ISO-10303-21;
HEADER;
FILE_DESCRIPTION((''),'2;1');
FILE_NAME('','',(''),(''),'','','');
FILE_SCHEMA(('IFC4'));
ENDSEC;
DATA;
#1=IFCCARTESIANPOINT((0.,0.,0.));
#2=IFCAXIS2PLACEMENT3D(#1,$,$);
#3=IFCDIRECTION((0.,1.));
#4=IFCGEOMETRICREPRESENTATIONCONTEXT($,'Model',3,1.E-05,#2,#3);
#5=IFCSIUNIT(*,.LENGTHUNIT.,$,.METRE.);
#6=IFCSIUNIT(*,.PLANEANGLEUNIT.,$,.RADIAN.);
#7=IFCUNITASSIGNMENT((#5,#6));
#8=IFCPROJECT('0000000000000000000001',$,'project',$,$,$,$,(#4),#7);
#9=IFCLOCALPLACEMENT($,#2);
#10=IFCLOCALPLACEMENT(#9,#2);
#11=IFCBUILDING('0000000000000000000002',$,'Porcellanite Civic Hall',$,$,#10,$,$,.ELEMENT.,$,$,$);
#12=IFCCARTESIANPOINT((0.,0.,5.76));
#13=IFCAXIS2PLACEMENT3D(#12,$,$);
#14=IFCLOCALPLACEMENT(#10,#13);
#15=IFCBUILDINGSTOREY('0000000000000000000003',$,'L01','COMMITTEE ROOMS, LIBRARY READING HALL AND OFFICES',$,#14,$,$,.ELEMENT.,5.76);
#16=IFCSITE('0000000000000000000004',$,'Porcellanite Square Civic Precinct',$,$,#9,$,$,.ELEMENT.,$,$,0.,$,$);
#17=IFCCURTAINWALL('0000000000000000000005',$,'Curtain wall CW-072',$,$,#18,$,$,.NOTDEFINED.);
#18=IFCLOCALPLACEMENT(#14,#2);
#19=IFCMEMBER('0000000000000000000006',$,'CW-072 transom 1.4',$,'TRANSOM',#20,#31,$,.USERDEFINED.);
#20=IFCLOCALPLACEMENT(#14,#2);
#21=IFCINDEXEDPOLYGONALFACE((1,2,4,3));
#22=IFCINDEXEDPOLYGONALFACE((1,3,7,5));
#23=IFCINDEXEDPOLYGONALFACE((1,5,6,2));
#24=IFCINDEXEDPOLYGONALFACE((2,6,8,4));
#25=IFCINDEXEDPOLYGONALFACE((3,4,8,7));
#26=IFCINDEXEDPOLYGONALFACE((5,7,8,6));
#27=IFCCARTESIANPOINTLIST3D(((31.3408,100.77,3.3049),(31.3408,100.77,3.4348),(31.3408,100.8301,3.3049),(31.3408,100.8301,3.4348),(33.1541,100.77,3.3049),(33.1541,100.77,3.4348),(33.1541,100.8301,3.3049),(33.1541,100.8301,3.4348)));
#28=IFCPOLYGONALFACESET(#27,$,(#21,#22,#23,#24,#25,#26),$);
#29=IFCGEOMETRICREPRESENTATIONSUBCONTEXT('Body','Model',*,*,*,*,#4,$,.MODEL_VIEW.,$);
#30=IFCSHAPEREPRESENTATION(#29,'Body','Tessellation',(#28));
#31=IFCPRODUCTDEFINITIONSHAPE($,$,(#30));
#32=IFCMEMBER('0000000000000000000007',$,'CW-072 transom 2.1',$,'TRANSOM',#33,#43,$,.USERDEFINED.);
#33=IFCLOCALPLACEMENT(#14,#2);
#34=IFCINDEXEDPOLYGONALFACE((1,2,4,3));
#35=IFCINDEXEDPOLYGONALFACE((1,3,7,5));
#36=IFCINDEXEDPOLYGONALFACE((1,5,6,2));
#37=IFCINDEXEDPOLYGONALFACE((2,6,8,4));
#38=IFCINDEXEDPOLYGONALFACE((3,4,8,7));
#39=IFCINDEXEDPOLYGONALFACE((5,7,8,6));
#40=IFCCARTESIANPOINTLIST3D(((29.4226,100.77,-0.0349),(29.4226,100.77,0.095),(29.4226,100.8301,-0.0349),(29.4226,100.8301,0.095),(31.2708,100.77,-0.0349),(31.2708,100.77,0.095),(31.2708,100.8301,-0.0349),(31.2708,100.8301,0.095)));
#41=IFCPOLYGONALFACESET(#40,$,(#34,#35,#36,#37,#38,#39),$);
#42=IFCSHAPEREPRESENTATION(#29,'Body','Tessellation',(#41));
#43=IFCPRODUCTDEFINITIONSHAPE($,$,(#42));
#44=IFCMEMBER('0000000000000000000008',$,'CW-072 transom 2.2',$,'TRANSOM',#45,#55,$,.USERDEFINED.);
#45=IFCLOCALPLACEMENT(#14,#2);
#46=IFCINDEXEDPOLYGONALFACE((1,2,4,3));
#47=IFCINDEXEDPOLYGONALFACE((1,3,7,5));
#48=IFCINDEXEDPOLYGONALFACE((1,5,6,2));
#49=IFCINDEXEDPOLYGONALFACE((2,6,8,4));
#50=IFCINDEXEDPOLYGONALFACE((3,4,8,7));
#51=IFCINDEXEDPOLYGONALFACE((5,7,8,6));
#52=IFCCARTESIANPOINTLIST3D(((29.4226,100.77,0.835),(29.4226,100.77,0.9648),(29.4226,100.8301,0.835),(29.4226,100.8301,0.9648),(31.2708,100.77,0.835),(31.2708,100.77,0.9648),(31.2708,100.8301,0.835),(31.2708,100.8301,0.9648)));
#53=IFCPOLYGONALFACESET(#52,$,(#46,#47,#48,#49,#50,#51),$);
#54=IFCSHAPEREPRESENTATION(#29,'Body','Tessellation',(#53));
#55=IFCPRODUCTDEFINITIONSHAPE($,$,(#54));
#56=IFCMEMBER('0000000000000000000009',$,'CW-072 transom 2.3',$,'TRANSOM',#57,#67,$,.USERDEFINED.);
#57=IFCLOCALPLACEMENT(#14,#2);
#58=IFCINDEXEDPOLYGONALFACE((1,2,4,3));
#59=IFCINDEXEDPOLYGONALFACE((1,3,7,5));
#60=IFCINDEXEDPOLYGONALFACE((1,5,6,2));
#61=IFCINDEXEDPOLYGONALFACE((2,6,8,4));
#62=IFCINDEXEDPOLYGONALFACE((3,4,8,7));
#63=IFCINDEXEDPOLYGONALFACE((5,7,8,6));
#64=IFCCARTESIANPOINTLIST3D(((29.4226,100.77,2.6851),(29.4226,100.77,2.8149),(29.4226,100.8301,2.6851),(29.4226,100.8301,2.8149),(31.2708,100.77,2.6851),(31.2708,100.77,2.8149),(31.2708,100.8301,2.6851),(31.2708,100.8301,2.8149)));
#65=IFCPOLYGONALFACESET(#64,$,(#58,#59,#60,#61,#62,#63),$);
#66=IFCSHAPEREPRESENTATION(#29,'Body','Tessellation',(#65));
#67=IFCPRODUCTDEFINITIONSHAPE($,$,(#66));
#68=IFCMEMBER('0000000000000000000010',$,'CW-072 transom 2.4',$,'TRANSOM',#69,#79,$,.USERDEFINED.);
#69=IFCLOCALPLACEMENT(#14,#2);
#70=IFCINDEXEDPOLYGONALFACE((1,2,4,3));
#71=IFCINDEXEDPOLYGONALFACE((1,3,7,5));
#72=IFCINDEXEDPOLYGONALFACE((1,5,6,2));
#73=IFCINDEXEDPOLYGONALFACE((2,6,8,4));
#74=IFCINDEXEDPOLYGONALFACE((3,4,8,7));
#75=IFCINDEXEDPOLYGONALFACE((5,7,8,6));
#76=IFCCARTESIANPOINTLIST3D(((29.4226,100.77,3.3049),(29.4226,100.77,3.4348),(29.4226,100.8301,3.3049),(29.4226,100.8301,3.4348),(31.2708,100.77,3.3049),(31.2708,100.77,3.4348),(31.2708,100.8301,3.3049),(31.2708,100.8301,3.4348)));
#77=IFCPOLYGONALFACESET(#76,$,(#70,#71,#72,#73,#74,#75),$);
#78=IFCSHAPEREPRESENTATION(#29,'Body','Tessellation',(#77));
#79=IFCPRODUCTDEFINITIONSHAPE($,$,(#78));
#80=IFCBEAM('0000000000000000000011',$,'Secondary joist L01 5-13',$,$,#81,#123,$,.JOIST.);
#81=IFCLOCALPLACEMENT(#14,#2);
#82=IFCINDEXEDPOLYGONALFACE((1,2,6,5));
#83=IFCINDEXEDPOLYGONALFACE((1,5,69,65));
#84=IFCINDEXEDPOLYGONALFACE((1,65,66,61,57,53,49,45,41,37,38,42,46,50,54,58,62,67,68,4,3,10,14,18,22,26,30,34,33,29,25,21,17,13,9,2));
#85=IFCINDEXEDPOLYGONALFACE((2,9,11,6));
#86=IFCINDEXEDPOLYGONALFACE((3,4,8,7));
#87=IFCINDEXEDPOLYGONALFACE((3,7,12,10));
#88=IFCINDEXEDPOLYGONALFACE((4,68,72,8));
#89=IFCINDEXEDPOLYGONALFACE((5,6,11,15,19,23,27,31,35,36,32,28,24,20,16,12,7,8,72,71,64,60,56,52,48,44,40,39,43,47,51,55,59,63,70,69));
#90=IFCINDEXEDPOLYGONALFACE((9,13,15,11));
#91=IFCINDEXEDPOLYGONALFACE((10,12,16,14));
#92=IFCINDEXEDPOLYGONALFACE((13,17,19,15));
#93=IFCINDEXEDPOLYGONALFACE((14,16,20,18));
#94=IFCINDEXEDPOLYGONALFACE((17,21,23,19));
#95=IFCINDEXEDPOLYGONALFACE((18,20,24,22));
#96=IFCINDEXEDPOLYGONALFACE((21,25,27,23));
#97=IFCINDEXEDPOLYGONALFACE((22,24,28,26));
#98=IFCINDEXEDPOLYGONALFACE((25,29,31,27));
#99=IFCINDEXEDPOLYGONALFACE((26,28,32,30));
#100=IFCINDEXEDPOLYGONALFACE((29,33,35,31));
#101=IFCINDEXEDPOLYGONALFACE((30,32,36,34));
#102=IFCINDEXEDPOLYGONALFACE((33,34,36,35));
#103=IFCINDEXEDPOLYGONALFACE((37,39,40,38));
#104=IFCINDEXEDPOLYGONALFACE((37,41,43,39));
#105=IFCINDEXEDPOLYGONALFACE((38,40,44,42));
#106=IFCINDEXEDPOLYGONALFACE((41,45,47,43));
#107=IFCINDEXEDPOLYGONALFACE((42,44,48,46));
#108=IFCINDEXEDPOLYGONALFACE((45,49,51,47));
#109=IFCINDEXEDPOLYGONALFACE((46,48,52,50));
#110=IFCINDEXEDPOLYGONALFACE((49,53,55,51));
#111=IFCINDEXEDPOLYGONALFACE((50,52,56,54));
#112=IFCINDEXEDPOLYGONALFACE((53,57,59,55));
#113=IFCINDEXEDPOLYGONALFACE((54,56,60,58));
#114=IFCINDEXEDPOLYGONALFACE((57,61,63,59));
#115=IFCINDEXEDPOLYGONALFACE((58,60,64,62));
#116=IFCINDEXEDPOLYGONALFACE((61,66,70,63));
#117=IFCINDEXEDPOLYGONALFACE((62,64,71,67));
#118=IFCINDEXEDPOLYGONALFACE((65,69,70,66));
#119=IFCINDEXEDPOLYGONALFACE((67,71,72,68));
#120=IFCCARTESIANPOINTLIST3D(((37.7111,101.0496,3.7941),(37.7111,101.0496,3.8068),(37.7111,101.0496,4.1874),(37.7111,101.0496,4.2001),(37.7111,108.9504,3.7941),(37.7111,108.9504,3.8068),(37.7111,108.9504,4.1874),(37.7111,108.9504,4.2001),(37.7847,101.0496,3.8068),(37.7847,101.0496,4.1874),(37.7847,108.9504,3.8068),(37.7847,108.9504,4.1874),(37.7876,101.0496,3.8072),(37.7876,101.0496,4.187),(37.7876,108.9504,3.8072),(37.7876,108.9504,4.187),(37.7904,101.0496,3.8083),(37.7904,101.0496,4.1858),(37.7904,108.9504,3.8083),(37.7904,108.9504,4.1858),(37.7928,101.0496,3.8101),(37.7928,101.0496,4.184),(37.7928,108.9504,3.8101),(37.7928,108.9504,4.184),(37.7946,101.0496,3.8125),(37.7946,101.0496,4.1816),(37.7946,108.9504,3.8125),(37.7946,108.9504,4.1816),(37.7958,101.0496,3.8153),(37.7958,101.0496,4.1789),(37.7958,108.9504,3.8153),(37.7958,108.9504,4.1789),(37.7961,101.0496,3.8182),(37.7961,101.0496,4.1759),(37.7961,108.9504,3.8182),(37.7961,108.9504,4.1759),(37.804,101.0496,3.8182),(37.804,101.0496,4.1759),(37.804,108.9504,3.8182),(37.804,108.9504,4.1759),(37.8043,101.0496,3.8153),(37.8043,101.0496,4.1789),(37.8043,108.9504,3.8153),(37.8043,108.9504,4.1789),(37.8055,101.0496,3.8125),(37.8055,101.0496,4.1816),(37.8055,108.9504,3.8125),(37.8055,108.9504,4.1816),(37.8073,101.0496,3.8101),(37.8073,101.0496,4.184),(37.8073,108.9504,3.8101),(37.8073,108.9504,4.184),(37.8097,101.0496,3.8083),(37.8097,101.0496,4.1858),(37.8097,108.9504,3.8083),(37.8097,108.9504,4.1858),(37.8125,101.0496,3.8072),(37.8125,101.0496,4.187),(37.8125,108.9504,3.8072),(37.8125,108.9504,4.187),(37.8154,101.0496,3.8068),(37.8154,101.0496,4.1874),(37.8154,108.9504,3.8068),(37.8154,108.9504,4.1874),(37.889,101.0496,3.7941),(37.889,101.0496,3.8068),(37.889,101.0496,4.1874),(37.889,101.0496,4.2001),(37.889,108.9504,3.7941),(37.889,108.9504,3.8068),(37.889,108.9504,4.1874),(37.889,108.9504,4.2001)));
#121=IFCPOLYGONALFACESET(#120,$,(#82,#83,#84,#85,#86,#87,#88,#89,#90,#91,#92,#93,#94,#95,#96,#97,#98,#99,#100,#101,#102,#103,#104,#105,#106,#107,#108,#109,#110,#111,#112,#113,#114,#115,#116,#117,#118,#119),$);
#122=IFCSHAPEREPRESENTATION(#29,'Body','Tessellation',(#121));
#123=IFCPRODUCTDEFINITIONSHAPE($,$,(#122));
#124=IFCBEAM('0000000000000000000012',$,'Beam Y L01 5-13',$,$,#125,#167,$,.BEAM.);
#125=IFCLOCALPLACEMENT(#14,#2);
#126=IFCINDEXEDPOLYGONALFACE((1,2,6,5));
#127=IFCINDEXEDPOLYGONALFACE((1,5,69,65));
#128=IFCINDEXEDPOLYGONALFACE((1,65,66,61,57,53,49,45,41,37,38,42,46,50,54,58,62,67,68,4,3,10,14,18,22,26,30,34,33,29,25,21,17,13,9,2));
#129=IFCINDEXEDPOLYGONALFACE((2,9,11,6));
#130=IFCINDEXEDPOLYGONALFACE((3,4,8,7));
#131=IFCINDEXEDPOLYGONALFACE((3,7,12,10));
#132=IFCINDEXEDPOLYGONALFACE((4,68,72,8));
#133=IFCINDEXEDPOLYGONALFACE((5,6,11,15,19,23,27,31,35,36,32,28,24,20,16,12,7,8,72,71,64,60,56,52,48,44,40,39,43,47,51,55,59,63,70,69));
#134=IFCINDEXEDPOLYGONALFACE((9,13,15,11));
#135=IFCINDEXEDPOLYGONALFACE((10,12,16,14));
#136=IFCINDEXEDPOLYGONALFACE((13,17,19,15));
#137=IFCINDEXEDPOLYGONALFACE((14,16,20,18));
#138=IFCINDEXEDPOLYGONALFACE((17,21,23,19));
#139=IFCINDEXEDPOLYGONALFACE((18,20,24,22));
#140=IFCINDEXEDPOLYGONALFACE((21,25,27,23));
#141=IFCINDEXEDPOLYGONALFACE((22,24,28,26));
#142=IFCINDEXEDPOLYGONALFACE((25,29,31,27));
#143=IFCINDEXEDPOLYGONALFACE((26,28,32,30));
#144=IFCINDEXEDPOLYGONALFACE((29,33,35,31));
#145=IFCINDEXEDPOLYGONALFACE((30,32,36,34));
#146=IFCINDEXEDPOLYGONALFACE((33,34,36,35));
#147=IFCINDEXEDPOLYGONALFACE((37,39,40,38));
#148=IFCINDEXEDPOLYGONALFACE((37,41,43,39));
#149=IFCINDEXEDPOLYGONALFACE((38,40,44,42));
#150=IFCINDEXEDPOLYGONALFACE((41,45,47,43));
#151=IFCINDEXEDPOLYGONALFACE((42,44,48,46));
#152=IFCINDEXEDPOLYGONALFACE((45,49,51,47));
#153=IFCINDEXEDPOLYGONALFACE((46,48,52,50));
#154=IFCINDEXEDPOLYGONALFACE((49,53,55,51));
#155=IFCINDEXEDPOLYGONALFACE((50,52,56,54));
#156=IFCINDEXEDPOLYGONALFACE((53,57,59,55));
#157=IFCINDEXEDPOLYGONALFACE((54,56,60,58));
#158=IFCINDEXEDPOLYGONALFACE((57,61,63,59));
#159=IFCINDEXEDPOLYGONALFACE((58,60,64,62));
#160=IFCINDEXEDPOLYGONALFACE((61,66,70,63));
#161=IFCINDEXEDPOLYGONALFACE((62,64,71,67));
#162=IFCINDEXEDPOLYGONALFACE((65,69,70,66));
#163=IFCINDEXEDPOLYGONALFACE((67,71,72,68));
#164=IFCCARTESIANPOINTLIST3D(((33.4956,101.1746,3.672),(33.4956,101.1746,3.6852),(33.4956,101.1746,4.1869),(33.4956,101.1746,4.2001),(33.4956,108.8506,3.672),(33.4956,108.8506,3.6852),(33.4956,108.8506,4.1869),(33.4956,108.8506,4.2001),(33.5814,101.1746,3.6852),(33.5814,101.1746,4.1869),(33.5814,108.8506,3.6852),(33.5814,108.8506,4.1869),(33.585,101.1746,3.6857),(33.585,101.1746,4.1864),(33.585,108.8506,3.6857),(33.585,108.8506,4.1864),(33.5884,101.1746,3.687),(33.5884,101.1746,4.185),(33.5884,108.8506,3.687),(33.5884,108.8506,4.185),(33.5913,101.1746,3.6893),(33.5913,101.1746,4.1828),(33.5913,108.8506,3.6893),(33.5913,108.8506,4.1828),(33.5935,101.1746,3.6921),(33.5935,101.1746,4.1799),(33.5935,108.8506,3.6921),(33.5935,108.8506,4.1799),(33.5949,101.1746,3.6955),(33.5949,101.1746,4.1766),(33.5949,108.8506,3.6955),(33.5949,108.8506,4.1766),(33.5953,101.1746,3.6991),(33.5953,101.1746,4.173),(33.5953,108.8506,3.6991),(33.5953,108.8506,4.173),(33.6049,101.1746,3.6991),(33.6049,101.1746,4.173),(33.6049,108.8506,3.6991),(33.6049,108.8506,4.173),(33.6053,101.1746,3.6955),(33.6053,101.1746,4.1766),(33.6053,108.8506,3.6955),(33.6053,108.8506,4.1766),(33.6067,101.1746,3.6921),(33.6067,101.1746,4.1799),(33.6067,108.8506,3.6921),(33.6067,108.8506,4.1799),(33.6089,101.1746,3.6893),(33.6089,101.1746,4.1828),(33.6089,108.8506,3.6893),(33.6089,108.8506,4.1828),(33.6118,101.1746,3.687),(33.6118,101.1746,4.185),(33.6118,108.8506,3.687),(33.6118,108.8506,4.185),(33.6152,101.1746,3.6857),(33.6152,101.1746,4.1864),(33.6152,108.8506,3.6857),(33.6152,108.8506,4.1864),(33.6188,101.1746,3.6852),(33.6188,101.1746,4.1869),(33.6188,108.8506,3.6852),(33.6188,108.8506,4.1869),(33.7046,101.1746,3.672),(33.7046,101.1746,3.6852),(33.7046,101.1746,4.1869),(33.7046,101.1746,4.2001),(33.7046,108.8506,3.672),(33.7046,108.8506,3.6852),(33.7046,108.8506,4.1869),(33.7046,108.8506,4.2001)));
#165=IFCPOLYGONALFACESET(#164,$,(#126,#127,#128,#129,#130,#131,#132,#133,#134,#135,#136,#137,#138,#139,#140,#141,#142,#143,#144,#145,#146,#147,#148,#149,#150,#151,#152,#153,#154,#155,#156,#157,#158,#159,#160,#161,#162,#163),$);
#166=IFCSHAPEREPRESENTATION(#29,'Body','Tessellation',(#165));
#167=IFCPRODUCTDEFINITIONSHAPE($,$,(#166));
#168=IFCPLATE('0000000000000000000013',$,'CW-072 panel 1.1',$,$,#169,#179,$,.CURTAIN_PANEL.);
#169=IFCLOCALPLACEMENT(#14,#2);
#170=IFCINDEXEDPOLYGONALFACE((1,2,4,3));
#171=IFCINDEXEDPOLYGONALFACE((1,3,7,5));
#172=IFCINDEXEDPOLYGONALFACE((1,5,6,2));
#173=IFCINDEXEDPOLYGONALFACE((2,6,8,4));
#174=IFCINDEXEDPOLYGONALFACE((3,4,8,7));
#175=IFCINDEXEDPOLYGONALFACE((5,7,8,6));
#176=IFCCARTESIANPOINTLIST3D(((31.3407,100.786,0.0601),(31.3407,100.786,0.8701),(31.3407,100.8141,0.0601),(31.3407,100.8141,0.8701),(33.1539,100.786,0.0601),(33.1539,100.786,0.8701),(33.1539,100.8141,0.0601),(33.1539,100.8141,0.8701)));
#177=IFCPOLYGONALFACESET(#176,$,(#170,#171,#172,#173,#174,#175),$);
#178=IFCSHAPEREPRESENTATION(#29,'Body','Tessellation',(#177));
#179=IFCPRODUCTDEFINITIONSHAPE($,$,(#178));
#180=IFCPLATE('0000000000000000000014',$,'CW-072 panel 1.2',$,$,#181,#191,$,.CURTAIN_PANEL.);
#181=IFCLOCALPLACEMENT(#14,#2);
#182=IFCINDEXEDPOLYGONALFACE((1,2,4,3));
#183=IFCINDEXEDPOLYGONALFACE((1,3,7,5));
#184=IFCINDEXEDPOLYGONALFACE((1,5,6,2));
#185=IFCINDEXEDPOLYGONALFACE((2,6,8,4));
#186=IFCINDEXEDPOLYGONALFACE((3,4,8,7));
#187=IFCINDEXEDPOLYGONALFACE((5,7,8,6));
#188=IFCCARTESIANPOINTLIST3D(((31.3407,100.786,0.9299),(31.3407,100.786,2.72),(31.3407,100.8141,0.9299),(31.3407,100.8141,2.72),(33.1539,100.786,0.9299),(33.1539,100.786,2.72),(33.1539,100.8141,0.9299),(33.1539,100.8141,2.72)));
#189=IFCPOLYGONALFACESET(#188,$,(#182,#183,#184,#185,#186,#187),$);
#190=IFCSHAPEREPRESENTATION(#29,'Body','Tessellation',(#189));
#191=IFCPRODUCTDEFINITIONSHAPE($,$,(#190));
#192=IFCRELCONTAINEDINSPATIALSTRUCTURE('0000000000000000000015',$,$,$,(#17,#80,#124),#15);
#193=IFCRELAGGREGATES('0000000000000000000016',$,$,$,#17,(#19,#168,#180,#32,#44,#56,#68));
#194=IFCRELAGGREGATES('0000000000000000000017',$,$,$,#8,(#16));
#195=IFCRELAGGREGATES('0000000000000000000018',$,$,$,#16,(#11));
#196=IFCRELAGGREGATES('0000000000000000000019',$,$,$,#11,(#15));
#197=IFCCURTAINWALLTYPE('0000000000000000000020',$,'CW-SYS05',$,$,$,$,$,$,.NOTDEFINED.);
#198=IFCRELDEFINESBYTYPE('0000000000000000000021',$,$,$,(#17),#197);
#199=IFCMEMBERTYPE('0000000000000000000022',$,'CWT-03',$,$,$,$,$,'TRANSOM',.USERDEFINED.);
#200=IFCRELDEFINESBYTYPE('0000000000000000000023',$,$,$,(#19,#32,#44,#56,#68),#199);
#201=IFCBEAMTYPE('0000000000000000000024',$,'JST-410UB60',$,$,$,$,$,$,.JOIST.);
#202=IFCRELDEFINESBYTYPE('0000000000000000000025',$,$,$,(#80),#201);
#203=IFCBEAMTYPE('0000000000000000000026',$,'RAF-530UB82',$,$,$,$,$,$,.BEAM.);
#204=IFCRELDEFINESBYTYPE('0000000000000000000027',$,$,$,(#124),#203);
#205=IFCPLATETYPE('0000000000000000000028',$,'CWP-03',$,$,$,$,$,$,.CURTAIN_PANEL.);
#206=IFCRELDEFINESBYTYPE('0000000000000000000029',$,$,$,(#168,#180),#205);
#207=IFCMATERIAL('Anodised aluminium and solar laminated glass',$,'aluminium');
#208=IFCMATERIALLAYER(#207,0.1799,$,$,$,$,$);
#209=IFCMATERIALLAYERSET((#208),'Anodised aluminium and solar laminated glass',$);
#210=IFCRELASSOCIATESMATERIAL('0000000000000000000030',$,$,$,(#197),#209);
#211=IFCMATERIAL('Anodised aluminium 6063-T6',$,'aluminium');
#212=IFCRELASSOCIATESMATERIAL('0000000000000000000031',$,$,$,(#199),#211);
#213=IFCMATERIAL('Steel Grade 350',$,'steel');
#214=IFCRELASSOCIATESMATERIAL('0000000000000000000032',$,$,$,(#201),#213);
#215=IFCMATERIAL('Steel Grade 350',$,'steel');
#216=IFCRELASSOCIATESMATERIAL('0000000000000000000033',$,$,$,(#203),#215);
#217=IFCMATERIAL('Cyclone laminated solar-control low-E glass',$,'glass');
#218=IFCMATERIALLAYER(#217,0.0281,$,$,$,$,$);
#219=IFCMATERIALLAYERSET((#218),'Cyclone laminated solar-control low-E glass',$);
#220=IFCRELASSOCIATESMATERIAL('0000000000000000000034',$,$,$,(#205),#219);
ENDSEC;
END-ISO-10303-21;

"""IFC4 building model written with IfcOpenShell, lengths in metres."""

from ifc_helpers import new_model, si_unit, direction, frame, origin, origin_2d, place, context, subcontext, project, spatial, rectangle, i_section, extrude, material, layer, layer_set, material_profile, profile_set, type_object, element, aggregate, save


model = new_model("IFC4")

# Units and contexts
model_context = context("Model", 3, precision=1e-05, world=origin(), true_north=direction((0.0, 1.0)))
body_context = subcontext(model_context, "Body", "Model", "MODEL_VIEW")
ifc_project = project(units=[si_unit("LENGTHUNIT", "METRE"), si_unit("PLANEANGLEUNIT", "RADIAN")], contexts=[model_context])

# Site, building, storey
site_placement = place(None, origin())
site = spatial("IfcSite", under=ifc_project, at=site_placement, Name="Porcellanite Square Civic Precinct", CompositionType="ELEMENT", RefElevation=0.0)
building_placement = place(site_placement, origin())
building = spatial("IfcBuilding", under=site, at=building_placement, Name="Porcellanite Civic Hall", CompositionType="ELEMENT")
storey_placement = place(building_placement, frame((0.0, 0.0, 5.76)))
storey = spatial("IfcBuildingStorey", under=building, at=storey_placement, Name="L01", Description="COMMITTEE ROOMS, LIBRARY READING HALL AND OFFICES", CompositionType="ELEMENT", Elevation=5.76)

# Curtain wall
ifc_material_1 = material(Name="Anodised aluminium and solar laminated glass", Category="aluminium")
ifc_layer_1 = layer(ifc_material_1, 0.1799)
ifc_layer_set_1 = layer_set([ifc_layer_1], Name="Anodised aluminium and solar laminated glass")
curtain_wall_type_1 = type_object("IfcCurtainWallType", Name="CW-SYS05", PredefinedType="NOTDEFINED", material=ifc_layer_set_1)
curtain_wall_1_placement = place(storey_placement, origin())
curtain_wall_1 = element("IfcCurtainWall", 1, at=curtain_wall_1_placement, inside=storey, type_object=curtain_wall_type_1, Name="Curtain wall CW-072", PredefinedType="NOTDEFINED")

# Members
ifc_material_2 = material(Name="Anodised aluminium 6063-T6", Category="aluminium")
ifc_material_profile_1 = material_profile(ifc_material_2, rectangle(XDim=0.0601, YDim=0.1299, at=origin_2d()), Name="AL-60x130")
ifc_profile_set_1 = profile_set([ifc_material_profile_1], Name="Anodised aluminium 6063-T6")
member_type_1 = type_object("IfcMemberType", Name="CWT-03", ElementType="TRANSOM", PredefinedType="USERDEFINED", material=ifc_profile_set_1)
member_1_placement = place(storey_placement, frame((33.1541, 100.8, 3.3699), z_axis=(-1.0, 0.0, 0.0), x_axis=(0.0, -1.0, 0.0)))
member_1 = element("IfcMember", 2, at=member_1_placement, type_object=member_type_1, Name="CW-072 transom 1.4", ObjectType="TRANSOM", PredefinedType="USERDEFINED", context=body_context, shape_type="SweptSolid", body=[
    extrude(rectangle(XDim=0.0601, YDim=0.1299, at=origin_2d()), origin(), (0.0, 0.0, 1.0), 1.8132),
])
member_2_placement = place(storey_placement, frame((31.2708, 100.8, 0.03), z_axis=(-1.0, 0.0, 0.0), x_axis=(0.0, -1.0, 0.0)))
member_2 = element("IfcMember", 3, at=member_2_placement, type_object=member_type_1, Name="CW-072 transom 2.1", ObjectType="TRANSOM", PredefinedType="USERDEFINED", context=body_context, shape_type="SweptSolid", body=[
    extrude(rectangle(XDim=0.0601, YDim=0.1299, at=origin_2d()), origin(), (0.0, 0.0, 1.0), 1.8481),
])
member_3_placement = place(storey_placement, frame((31.2708, 100.8, 0.8999), z_axis=(-1.0, 0.0, 0.0), x_axis=(0.0, -1.0, 0.0)))
member_3 = element("IfcMember", 4, at=member_3_placement, type_object=member_type_1, Name="CW-072 transom 2.2", ObjectType="TRANSOM", PredefinedType="USERDEFINED", context=body_context, shape_type="SweptSolid", body=[
    extrude(rectangle(XDim=0.0601, YDim=0.1299, at=origin_2d()), origin(), (0.0, 0.0, 1.0), 1.8481),
])
member_4_placement = place(storey_placement, frame((31.2708, 100.8, 2.75), z_axis=(-1.0, 0.0, 0.0), x_axis=(0.0, -1.0, 0.0)))
member_4 = element("IfcMember", 5, at=member_4_placement, type_object=member_type_1, Name="CW-072 transom 2.3", ObjectType="TRANSOM", PredefinedType="USERDEFINED", context=body_context, shape_type="SweptSolid", body=[
    extrude(rectangle(XDim=0.0601, YDim=0.1299, at=origin_2d()), origin(), (0.0, 0.0, 1.0), 1.8481),
])
member_5_placement = place(storey_placement, frame((31.2708, 100.8, 3.3699), z_axis=(-1.0, 0.0, 0.0), x_axis=(0.0, -1.0, 0.0)))
member_5 = element("IfcMember", 6, at=member_5_placement, type_object=member_type_1, Name="CW-072 transom 2.4", ObjectType="TRANSOM", PredefinedType="USERDEFINED", context=body_context, shape_type="SweptSolid", body=[
    extrude(rectangle(XDim=0.0601, YDim=0.1299, at=origin_2d()), origin(), (0.0, 0.0, 1.0), 1.8481),
])

# Beams
ifc_material_3 = material(Name="Steel Grade 350", Category="steel")
ifc_material_profile_2 = material_profile(ifc_material_3, i_section(OverallWidth=0.178, OverallDepth=0.406, WebThickness=0.0078, FlangeThickness=0.0127, FilletRadius=0.0115, at=origin_2d()), Name="410UB59.7")
ifc_profile_set_2 = profile_set([ifc_material_profile_2], Name="Steel Grade 350")
beam_type_1 = type_object("IfcBeamType", Name="JST-410UB60", PredefinedType="JOIST", material=ifc_profile_set_2)
beam_1_placement = place(storey_placement, frame((37.8, 101.0496, 3.9971), z_axis=(0.0, 1.0, 0.0), x_axis=(-1.0, 0.0, 0.0)))
element("IfcBeam", 7, at=beam_1_placement, inside=storey, type_object=beam_type_1, Name="Secondary joist L01 5-13", PredefinedType="JOIST", context=body_context, shape_type="SweptSolid", body=[
    extrude(i_section(OverallWidth=0.178, OverallDepth=0.406, WebThickness=0.0078, FlangeThickness=0.0127, FilletRadius=0.0115, at=origin_2d()), origin(), (0.0, 0.0, 1.0), 7.9009),
])
ifc_material_4 = material(Name="Steel Grade 350", Category="steel")
ifc_material_profile_3 = material_profile(ifc_material_4, i_section(OverallWidth=0.209, OverallDepth=0.5281, WebThickness=0.0095, FlangeThickness=0.0132, FilletRadius=0.0139, at=origin_2d()), Name="530UB82.0")
ifc_profile_set_3 = profile_set([ifc_material_profile_3], Name="Steel Grade 350")
beam_type_2 = type_object("IfcBeamType", Name="RAF-530UB82", PredefinedType="BEAM", material=ifc_profile_set_3)
beam_2_placement = place(storey_placement, frame((33.6001, 101.1746, 3.936), z_axis=(0.0, 1.0, 0.0), x_axis=(-1.0, 0.0, 0.0)))
element("IfcBeam", 8, at=beam_2_placement, inside=storey, type_object=beam_type_2, Name="Beam Y L01 5-13", PredefinedType="BEAM", context=body_context, shape_type="SweptSolid", body=[
    extrude(i_section(OverallWidth=0.209, OverallDepth=0.5281, WebThickness=0.0095, FlangeThickness=0.0132, FilletRadius=0.0139, at=origin_2d()), origin(), (0.0, 0.0, 1.0), 7.676),
])

# Plates
ifc_material_5 = material(Name="Cyclone laminated solar-control low-E glass", Category="glass")
ifc_layer_2 = layer(ifc_material_5, 0.0281)
ifc_layer_set_2 = layer_set([ifc_layer_2], Name="Cyclone laminated solar-control low-E glass")
plate_type_1 = type_object("IfcPlateType", Name="CWP-03", PredefinedType="CURTAIN_PANEL", material=ifc_layer_set_2)
plate_1_placement = place(storey_placement, frame((32.2473, 100.8, 0.0601), z_axis=(0.0, 0.0, 1.0), x_axis=(-1.0, 0.0, 0.0)))
plate_1 = element("IfcPlate", 9, at=plate_1_placement, type_object=plate_type_1, Name="CW-072 panel 1.1", PredefinedType="CURTAIN_PANEL", context=body_context, shape_type="SweptSolid", body=[
    extrude(rectangle(XDim=1.8132, YDim=0.0281, at=origin_2d()), origin(), (0.0, 0.0, 1.0), 0.8101),
])
plate_2_placement = place(storey_placement, frame((32.2473, 100.8, 0.9299), z_axis=(0.0, 0.0, 1.0), x_axis=(-1.0, 0.0, 0.0)))
plate_2 = element("IfcPlate", 10, at=plate_2_placement, type_object=plate_type_1, Name="CW-072 panel 1.2", PredefinedType="CURTAIN_PANEL", context=body_context, shape_type="SweptSolid", body=[
    extrude(rectangle(XDim=1.8132, YDim=0.0281, at=origin_2d()), origin(), (0.0, 0.0, 1.0), 1.79),
])
aggregate(curtain_wall_1, [member_1, plate_1, plate_2, member_2, member_3, member_4, member_5])

save(model, "model.ifc")
